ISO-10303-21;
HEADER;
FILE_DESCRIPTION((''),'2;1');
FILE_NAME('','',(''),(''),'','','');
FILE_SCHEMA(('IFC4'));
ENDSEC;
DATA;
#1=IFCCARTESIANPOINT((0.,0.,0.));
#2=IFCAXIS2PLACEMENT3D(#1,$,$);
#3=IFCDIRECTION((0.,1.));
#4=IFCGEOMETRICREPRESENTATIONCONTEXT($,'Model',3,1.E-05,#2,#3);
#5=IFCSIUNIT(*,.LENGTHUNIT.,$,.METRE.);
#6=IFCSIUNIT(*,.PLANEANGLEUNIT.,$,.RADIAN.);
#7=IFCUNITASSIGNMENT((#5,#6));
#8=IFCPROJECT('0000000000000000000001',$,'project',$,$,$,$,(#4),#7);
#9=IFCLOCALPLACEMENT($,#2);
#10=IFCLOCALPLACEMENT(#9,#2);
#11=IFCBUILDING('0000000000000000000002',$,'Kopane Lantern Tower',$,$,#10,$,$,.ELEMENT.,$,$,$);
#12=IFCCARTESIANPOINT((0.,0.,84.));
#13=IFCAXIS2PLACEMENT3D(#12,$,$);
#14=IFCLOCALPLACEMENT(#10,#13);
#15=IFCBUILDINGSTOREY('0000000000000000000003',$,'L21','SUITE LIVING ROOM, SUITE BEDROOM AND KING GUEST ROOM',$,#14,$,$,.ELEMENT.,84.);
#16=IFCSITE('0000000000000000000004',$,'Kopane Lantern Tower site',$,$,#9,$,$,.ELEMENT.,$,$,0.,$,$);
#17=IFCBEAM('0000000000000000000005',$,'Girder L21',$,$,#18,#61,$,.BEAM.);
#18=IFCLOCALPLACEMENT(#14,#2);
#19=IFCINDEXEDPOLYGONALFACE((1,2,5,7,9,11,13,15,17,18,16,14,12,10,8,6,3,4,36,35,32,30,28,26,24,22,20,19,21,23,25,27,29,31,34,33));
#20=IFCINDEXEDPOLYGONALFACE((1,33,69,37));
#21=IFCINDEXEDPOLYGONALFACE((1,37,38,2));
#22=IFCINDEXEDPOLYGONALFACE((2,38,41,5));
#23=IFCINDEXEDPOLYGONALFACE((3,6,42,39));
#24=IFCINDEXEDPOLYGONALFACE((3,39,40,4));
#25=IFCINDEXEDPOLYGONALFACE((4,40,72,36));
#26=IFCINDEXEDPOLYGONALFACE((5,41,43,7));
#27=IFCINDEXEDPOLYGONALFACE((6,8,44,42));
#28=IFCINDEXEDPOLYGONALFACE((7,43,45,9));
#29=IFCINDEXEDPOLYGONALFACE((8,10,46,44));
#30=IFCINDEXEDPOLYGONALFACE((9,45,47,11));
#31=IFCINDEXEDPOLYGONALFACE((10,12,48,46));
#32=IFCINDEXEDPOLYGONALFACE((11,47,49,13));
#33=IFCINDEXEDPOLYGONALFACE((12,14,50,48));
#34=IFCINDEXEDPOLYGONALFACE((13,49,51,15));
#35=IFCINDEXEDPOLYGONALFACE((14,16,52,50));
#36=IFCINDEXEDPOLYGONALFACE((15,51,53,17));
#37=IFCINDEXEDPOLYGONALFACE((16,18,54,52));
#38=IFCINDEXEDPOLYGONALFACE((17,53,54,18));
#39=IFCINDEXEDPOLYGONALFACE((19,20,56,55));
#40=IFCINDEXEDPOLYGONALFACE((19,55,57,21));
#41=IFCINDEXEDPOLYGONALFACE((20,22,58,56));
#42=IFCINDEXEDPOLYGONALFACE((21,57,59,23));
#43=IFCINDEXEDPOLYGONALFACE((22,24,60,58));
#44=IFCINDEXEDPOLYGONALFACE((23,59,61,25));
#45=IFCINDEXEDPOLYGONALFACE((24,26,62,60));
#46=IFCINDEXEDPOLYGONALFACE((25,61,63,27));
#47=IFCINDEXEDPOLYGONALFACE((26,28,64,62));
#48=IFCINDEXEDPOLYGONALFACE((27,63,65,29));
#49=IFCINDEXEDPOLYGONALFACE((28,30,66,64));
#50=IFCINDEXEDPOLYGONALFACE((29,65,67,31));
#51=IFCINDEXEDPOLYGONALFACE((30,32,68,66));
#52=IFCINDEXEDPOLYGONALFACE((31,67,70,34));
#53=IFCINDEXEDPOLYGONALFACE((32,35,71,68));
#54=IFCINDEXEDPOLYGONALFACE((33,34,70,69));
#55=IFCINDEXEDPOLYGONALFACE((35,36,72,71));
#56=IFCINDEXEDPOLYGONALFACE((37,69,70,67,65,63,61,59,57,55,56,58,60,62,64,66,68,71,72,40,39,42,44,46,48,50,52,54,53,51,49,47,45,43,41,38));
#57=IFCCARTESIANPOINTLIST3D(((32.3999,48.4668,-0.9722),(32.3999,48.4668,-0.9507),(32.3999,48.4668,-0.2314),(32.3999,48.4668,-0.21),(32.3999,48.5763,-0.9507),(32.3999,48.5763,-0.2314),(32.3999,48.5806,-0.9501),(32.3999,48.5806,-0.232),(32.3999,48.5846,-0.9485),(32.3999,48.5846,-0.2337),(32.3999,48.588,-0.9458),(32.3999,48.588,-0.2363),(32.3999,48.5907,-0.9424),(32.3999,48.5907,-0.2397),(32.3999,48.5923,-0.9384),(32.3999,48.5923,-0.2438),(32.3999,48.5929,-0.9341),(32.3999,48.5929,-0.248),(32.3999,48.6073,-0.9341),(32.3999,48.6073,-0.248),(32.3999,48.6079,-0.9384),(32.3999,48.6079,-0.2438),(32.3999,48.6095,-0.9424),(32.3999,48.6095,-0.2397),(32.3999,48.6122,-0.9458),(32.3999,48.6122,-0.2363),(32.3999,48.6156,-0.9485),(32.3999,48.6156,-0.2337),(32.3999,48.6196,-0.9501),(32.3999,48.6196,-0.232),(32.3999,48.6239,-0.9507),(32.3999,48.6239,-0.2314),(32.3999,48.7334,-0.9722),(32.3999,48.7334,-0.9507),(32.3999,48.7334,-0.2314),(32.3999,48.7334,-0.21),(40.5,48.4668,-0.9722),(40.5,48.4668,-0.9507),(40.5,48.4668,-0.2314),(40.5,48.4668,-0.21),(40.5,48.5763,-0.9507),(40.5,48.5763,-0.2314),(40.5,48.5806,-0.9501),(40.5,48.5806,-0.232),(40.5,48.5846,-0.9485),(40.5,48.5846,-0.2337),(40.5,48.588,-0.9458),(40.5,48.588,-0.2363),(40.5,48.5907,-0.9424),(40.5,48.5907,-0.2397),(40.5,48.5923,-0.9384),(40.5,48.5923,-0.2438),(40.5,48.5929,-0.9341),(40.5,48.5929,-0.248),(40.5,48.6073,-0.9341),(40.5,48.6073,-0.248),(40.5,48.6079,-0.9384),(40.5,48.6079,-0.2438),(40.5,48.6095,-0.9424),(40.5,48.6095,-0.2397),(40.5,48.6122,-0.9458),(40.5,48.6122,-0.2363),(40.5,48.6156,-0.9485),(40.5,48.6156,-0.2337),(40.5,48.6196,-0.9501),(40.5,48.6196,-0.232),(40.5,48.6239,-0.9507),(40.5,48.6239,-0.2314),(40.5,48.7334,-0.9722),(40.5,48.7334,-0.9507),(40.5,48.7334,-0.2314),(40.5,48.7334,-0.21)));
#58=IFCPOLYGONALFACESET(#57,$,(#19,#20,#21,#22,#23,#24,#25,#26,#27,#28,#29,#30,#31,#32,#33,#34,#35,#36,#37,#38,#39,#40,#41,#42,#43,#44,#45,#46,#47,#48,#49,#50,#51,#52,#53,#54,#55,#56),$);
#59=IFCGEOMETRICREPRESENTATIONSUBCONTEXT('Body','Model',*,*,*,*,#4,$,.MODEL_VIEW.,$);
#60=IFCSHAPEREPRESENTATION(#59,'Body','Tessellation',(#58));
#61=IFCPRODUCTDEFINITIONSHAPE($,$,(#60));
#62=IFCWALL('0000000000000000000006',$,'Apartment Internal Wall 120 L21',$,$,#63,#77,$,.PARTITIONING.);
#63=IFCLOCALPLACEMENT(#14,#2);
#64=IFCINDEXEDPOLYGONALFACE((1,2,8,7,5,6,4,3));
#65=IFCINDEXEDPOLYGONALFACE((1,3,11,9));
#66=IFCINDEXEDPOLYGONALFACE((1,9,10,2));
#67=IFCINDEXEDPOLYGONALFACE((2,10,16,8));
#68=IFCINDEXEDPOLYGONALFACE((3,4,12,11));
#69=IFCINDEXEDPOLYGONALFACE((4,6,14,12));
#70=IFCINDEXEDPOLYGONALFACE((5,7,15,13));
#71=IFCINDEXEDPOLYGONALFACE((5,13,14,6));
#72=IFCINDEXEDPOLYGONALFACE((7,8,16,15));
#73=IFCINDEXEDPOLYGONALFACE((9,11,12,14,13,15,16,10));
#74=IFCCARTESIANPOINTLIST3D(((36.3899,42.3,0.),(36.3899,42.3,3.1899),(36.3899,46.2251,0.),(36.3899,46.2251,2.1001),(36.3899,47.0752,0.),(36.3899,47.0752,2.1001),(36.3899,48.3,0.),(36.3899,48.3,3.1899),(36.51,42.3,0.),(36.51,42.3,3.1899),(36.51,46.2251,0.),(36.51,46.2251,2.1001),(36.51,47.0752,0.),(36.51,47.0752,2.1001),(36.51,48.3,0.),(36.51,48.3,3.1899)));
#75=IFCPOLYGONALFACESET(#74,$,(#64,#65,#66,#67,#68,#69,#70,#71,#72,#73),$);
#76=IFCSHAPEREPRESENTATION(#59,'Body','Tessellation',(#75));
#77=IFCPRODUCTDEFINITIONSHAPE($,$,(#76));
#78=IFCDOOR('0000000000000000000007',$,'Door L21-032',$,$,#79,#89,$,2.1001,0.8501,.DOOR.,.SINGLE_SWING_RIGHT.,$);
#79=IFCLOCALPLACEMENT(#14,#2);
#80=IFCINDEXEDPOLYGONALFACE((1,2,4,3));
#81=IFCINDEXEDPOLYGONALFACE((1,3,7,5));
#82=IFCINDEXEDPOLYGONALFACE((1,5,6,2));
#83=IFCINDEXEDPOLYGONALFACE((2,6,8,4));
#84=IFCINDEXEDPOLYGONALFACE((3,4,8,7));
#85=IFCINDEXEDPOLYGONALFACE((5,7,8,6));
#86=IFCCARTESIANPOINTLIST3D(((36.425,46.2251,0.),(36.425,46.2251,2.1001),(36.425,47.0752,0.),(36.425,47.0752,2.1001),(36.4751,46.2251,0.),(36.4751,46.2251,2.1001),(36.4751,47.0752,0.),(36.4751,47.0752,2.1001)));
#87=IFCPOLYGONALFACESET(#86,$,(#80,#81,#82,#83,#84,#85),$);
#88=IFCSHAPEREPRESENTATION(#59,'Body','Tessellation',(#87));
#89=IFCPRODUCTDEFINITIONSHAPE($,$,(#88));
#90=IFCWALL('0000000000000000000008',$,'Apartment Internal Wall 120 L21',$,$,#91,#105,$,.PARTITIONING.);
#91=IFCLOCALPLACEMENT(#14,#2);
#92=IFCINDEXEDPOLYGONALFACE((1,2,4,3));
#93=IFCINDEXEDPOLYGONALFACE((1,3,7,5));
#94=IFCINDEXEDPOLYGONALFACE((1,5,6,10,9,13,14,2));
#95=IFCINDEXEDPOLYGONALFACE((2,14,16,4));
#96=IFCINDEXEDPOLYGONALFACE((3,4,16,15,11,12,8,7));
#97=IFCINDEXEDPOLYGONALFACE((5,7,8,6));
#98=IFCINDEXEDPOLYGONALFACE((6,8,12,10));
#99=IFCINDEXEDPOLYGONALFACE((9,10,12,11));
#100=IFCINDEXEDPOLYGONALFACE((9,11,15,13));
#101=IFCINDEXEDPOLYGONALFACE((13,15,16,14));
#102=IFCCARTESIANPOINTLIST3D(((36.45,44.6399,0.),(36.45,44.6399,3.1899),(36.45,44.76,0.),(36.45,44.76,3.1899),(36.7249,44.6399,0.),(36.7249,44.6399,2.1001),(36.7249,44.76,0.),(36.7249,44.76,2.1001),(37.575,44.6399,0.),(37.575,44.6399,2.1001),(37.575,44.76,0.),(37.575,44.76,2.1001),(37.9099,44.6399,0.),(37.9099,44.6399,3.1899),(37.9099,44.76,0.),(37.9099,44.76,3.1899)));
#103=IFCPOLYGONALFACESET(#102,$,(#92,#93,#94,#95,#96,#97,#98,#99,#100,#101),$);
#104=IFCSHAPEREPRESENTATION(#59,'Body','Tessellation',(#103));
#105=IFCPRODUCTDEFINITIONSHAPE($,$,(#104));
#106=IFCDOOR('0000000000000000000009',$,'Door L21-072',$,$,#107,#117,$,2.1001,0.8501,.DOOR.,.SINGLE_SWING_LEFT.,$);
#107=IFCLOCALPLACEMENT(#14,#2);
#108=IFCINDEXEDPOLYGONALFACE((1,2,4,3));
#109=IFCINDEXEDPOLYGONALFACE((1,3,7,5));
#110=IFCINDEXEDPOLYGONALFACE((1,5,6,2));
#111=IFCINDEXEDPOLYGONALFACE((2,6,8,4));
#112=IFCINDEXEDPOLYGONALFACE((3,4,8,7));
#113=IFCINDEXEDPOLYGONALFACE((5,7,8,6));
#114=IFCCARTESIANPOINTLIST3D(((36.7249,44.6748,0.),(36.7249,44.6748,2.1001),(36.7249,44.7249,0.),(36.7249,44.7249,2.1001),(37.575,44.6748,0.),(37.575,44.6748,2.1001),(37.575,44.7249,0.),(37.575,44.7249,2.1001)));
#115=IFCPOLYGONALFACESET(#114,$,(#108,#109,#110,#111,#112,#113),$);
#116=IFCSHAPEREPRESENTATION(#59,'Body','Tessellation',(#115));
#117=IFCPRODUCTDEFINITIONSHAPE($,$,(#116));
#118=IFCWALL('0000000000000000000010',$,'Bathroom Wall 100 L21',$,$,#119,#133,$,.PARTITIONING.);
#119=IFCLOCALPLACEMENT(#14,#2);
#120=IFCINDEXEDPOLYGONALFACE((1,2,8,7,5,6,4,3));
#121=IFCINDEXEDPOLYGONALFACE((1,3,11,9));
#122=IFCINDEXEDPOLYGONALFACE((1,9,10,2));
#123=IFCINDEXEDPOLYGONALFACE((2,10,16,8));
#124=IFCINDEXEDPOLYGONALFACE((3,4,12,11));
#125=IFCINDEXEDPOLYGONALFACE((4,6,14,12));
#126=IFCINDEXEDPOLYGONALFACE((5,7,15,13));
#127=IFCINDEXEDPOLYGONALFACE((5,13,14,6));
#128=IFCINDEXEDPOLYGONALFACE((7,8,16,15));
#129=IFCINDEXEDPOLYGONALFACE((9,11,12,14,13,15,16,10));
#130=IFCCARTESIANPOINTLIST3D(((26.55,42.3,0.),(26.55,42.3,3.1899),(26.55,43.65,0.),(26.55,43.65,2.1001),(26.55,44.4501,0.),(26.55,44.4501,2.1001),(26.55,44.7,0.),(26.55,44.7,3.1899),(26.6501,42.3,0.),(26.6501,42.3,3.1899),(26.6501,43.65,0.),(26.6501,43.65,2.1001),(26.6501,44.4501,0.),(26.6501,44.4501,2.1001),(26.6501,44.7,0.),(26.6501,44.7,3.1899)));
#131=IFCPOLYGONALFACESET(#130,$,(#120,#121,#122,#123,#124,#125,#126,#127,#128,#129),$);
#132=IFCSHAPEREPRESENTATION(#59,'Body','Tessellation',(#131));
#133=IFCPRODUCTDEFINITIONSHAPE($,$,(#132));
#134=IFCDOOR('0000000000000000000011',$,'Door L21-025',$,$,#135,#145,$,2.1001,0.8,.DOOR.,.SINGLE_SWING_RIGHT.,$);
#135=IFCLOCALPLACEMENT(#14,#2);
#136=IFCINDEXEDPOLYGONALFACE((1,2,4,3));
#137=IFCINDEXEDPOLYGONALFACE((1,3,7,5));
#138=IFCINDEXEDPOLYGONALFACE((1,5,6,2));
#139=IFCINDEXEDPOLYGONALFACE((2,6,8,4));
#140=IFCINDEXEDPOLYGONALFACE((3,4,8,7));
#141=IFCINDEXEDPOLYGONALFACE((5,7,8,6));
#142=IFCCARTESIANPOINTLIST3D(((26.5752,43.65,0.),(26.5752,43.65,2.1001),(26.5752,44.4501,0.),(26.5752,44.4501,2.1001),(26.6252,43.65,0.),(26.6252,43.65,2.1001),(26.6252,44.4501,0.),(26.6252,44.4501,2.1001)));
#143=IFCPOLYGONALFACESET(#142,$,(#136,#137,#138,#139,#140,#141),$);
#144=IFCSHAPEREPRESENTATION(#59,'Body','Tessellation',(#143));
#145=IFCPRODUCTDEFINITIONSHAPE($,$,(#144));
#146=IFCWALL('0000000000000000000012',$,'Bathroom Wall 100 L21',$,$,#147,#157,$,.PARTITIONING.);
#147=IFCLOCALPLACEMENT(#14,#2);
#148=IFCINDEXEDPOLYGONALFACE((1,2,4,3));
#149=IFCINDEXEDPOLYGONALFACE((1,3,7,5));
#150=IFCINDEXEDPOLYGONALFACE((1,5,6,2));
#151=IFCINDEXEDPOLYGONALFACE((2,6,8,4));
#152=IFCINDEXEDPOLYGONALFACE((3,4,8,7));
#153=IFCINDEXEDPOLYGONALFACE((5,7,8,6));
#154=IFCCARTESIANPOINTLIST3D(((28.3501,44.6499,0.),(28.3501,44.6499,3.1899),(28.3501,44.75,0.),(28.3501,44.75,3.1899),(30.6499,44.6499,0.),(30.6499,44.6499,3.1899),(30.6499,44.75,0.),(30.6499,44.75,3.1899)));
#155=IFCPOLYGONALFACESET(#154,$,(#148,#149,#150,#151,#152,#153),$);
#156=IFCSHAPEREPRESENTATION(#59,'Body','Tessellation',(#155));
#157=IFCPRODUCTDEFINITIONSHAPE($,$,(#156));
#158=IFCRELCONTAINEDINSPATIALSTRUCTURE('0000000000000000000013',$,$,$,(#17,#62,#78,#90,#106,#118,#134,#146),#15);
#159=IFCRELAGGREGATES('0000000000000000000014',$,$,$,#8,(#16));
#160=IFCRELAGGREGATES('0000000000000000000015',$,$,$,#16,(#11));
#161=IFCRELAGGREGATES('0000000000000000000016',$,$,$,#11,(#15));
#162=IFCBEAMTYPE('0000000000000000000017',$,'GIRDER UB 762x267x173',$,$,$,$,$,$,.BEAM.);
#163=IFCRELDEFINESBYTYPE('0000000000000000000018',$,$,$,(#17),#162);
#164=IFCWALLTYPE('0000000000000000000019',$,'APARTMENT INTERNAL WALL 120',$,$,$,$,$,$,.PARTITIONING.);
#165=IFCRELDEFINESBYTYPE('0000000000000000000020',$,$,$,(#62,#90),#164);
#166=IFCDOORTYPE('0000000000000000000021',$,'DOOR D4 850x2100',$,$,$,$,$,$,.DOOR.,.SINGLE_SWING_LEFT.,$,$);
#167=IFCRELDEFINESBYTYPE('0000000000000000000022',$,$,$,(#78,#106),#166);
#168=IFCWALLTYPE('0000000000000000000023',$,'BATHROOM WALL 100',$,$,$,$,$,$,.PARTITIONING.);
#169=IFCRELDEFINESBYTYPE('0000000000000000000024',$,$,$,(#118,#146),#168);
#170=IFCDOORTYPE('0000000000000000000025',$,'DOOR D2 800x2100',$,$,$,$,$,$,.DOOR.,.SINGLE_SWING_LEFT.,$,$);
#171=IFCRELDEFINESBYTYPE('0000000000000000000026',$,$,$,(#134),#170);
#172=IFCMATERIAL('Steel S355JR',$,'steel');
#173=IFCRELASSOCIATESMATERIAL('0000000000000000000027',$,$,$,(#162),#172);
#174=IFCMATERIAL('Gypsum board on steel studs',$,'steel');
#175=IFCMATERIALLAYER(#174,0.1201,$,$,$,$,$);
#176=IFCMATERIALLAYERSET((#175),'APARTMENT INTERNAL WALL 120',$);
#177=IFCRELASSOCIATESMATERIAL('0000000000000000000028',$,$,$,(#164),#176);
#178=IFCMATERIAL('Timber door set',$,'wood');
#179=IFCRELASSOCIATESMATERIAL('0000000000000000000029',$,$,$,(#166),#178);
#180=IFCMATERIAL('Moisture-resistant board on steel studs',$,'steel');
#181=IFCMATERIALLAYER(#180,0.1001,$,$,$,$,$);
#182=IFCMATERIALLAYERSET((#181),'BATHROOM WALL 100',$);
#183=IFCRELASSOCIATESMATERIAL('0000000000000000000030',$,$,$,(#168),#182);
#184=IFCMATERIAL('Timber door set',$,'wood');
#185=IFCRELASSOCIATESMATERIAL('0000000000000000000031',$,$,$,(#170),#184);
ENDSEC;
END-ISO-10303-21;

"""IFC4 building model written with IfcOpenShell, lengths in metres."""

from ifc_helpers import new_model, si_unit, direction, frame, frame_2d, origin, origin_2d, place, context, subcontext, project, spatial, rectangle, i_section, extrude, material, layer, layer_set, material_profile, profile_set, type_object, element, fill, save


model = new_model("IFC4")

# Units and contexts
model_context = context("Model", 3, precision=1e-05, world=origin(), true_north=direction((0.0, 1.0)))
body_context = subcontext(model_context, "Body", "Model", "MODEL_VIEW")
ifc_project = project(units=[si_unit("LENGTHUNIT", "METRE"), si_unit("PLANEANGLEUNIT", "RADIAN")], contexts=[model_context])

# Site, building, storey
site_placement = place(None, origin())
site = spatial("IfcSite", under=ifc_project, at=site_placement, Name="Kopane Lantern Tower site", CompositionType="ELEMENT", RefElevation=0.0)
building_placement = place(site_placement, origin())
building = spatial("IfcBuilding", under=site, at=building_placement, Name="Kopane Lantern Tower", CompositionType="ELEMENT")
storey_placement = place(building_placement, frame((0.0, 0.0, 84.0)))
storey = spatial("IfcBuildingStorey", under=building, at=storey_placement, Name="L21", Description="SUITE LIVING ROOM, SUITE BEDROOM AND KING GUEST ROOM", CompositionType="ELEMENT", Elevation=84.0)

# Beam
ifc_material_1 = material(Name="Steel S355JR", Category="steel")
ifc_material_profile_1 = material_profile(ifc_material_1, i_section(OverallWidth=0.2666, OverallDepth=0.7622, WebThickness=0.0144, FlangeThickness=0.0215, FilletRadius=0.0166, at=origin_2d()), Name="UB 762x267x173")
ifc_profile_set_1 = profile_set([ifc_material_profile_1], Name="Steel S355JR")
beam_type = type_object("IfcBeamType", Name="GIRDER UB 762x267x173", PredefinedType="BEAM", material=ifc_profile_set_1)
for number, where, z_axis, x_axis, name in (
    (1, (32.3999, 48.6001, -0.5911), (1.0, 0.0, 0.0), (0.0, 1.0, 0.0), "Girder L21"),
):
    element("IfcBeam", number, at=place(storey_placement, frame(where, z_axis=z_axis, x_axis=x_axis)), inside=storey, type_object=beam_type, Name=name, PredefinedType="BEAM", context=body_context, shape_type="SweptSolid", body=[
        extrude(i_section(OverallWidth=0.2666, OverallDepth=0.7622, WebThickness=0.0144, FlangeThickness=0.0215, FilletRadius=0.0166, at=origin_2d()), origin(), (0.0, 0.0, 1.0), 8.1001),
    ])

# Walls, openings, doors
ifc_material_2 = material(Name="Gypsum board on steel studs", Category="steel")
ifc_layer_1 = layer(ifc_material_2, 0.1201)
ifc_layer_set_1 = layer_set([ifc_layer_1], Name="APARTMENT INTERNAL WALL 120")
wall_type_1 = type_object("IfcWallType", Name="APARTMENT INTERNAL WALL 120", PredefinedType="PARTITIONING", material=ifc_layer_set_1)
wall_1_placement = place(storey_placement, frame((36.45, 42.3, 0.0), z_axis=(0.0, 0.0, 1.0), x_axis=(0.0, 1.0, 0.0)))
wall_1 = element("IfcWall", 2, at=wall_1_placement, inside=storey, type_object=wall_type_1, Name="Apartment Internal Wall 120 L21", PredefinedType="PARTITIONING", context=body_context, shape_type="SweptSolid", body=[
    extrude(rectangle(XDim=6.0, YDim=0.1201, at=frame_2d((3.0, 0.0))), origin(), (0.0, 0.0, 1.0), 3.1899),
])
opening_1_placement = place(wall_1_placement, frame((3.925, 0.0, 0.0)))
opening_1 = element("IfcOpeningElement", 3, at=opening_1_placement, cuts=wall_1, PredefinedType="OPENING", context=body_context, shape_type="SweptSolid", body=[
    extrude(rectangle(XDim=0.8501, YDim=2.1001, at=frame_2d((0.425, 1.05))), frame((0.0, 0.0701, 0.0), z_axis=(0.0, -1.0, 0.0), x_axis=(1.0, 0.0, 0.0)), (0.0, 0.0, 1.0), 0.1401),
])
ifc_material_3 = material(Name="Timber door set", Category="wood")
door_type_1 = type_object("IfcDoorType", Name="DOOR D4 850x2100", OperationType="SINGLE_SWING_LEFT", PredefinedType="DOOR", material=ifc_material_3)
door_1_placement = place(opening_1_placement, origin())
door_1 = element("IfcDoor", 4, at=door_1_placement, inside=storey, type_object=door_type_1, Name="Door L21-032", OperationType="SINGLE_SWING_RIGHT", OverallHeight=2.1001, OverallWidth=0.8501, PredefinedType="DOOR", context=body_context, shape_type="SweptSolid", body=[
    extrude(rectangle(XDim=0.8501, YDim=2.1001, at=frame_2d((0.425, 1.05))), frame((0.0, 0.0249, 0.0), z_axis=(0.0, -1.0, 0.0), x_axis=(1.0, 0.0, 0.0)), (0.0, 0.0, 1.0), 0.05),
])
fill(opening_1, door_1)
wall_2_placement = place(storey_placement, frame((36.45, 44.7, 0.0), z_axis=(0.0, 0.0, 1.0), x_axis=(1.0, 0.0, 0.0)))
wall_2 = element("IfcWall", 5, at=wall_2_placement, inside=storey, type_object=wall_type_1, Name="Apartment Internal Wall 120 L21", PredefinedType="PARTITIONING", context=body_context, shape_type="SweptSolid", body=[
    extrude(rectangle(XDim=1.46, YDim=0.1201, at=frame_2d((0.73, 0.0))), origin(), (0.0, 0.0, 1.0), 3.1899),
])
opening_2_placement = place(wall_2_placement, frame((0.2749, 0.0, 0.0)))
opening_2 = element("IfcOpeningElement", 6, at=opening_2_placement, cuts=wall_2, PredefinedType="OPENING", context=body_context, shape_type="SweptSolid", body=[
    extrude(rectangle(XDim=0.8501, YDim=2.1001, at=frame_2d((0.425, 1.05))), frame((0.0, 0.0701, 0.0), z_axis=(0.0, -1.0, 0.0), x_axis=(1.0, 0.0, 0.0)), (0.0, 0.0, 1.0), 0.1401),
])
door_2_placement = place(opening_2_placement, origin())
door_2 = element("IfcDoor", 7, at=door_2_placement, inside=storey, type_object=door_type_1, Name="Door L21-072", OperationType="SINGLE_SWING_LEFT", OverallHeight=2.1001, OverallWidth=0.8501, PredefinedType="DOOR", context=body_context, shape_type="SweptSolid", body=[
    extrude(rectangle(XDim=0.8501, YDim=2.1001, at=frame_2d((0.425, 1.05))), frame((0.0, 0.0249, 0.0), z_axis=(0.0, -1.0, 0.0), x_axis=(1.0, 0.0, 0.0)), (0.0, 0.0, 1.0), 0.05),
])
fill(opening_2, door_2)
ifc_material_4 = material(Name="Moisture-resistant board on steel studs", Category="steel")
ifc_layer_2 = layer(ifc_material_4, 0.1001)
ifc_layer_set_2 = layer_set([ifc_layer_2], Name="BATHROOM WALL 100")
wall_type_2 = type_object("IfcWallType", Name="BATHROOM WALL 100", PredefinedType="PARTITIONING", material=ifc_layer_set_2)
wall_3_placement = place(storey_placement, frame((26.6001, 42.3, 0.0), z_axis=(0.0, 0.0, 1.0), x_axis=(0.0, 1.0, 0.0)))
wall_3 = element("IfcWall", 8, at=wall_3_placement, inside=storey, type_object=wall_type_2, Name="Bathroom Wall 100 L21", PredefinedType="PARTITIONING", context=body_context, shape_type="SweptSolid", body=[
    extrude(rectangle(XDim=2.3999, YDim=0.1001, at=frame_2d((1.2, 0.0))), origin(), (0.0, 0.0, 1.0), 3.1899),
])
opening_3_placement = place(wall_3_placement, frame((1.3501, 0.0, 0.0)))
opening_3 = element("IfcOpeningElement", 9, at=opening_3_placement, cuts=wall_3, PredefinedType="OPENING", context=body_context, shape_type="SweptSolid", body=[
    extrude(rectangle(XDim=0.8, YDim=2.1001, at=frame_2d((0.3999, 1.05))), frame((0.0, 0.0601, 0.0), z_axis=(0.0, -1.0, 0.0), x_axis=(1.0, 0.0, 0.0)), (0.0, 0.0, 1.0), 0.1201),
])
ifc_material_5 = material(Name="Timber door set", Category="wood")
door_type_2 = type_object("IfcDoorType", Name="DOOR D2 800x2100", OperationType="SINGLE_SWING_LEFT", PredefinedType="DOOR", material=ifc_material_5)
door_3_placement = place(opening_3_placement, origin())
door_3 = element("IfcDoor", 10, at=door_3_placement, inside=storey, type_object=door_type_2, Name="Door L21-025", OperationType="SINGLE_SWING_RIGHT", OverallHeight=2.1001, OverallWidth=0.8, PredefinedType="DOOR", context=body_context, shape_type="SweptSolid", body=[
    extrude(rectangle(XDim=0.8, YDim=2.1001, at=frame_2d((0.3999, 1.05))), frame((0.0, 0.0249, 0.0), z_axis=(0.0, -1.0, 0.0), x_axis=(1.0, 0.0, 0.0)), (0.0, 0.0, 1.0), 0.05),
])
fill(opening_3, door_3)

# Wall
wall_4_placement = place(storey_placement, frame((28.3501, 44.7, 0.0), z_axis=(0.0, 0.0, 1.0), x_axis=(1.0, 0.0, 0.0)))
element("IfcWall", 11, at=wall_4_placement, inside=storey, type_object=wall_type_2, Name="Bathroom Wall 100 L21", PredefinedType="PARTITIONING", context=body_context, shape_type="SweptSolid", body=[
    extrude(rectangle(XDim=2.2998, YDim=0.1001, at=frame_2d((1.1499, 0.0))), origin(), (0.0, 0.0, 1.0), 3.1899),
])

save(model, "model.ifc")
